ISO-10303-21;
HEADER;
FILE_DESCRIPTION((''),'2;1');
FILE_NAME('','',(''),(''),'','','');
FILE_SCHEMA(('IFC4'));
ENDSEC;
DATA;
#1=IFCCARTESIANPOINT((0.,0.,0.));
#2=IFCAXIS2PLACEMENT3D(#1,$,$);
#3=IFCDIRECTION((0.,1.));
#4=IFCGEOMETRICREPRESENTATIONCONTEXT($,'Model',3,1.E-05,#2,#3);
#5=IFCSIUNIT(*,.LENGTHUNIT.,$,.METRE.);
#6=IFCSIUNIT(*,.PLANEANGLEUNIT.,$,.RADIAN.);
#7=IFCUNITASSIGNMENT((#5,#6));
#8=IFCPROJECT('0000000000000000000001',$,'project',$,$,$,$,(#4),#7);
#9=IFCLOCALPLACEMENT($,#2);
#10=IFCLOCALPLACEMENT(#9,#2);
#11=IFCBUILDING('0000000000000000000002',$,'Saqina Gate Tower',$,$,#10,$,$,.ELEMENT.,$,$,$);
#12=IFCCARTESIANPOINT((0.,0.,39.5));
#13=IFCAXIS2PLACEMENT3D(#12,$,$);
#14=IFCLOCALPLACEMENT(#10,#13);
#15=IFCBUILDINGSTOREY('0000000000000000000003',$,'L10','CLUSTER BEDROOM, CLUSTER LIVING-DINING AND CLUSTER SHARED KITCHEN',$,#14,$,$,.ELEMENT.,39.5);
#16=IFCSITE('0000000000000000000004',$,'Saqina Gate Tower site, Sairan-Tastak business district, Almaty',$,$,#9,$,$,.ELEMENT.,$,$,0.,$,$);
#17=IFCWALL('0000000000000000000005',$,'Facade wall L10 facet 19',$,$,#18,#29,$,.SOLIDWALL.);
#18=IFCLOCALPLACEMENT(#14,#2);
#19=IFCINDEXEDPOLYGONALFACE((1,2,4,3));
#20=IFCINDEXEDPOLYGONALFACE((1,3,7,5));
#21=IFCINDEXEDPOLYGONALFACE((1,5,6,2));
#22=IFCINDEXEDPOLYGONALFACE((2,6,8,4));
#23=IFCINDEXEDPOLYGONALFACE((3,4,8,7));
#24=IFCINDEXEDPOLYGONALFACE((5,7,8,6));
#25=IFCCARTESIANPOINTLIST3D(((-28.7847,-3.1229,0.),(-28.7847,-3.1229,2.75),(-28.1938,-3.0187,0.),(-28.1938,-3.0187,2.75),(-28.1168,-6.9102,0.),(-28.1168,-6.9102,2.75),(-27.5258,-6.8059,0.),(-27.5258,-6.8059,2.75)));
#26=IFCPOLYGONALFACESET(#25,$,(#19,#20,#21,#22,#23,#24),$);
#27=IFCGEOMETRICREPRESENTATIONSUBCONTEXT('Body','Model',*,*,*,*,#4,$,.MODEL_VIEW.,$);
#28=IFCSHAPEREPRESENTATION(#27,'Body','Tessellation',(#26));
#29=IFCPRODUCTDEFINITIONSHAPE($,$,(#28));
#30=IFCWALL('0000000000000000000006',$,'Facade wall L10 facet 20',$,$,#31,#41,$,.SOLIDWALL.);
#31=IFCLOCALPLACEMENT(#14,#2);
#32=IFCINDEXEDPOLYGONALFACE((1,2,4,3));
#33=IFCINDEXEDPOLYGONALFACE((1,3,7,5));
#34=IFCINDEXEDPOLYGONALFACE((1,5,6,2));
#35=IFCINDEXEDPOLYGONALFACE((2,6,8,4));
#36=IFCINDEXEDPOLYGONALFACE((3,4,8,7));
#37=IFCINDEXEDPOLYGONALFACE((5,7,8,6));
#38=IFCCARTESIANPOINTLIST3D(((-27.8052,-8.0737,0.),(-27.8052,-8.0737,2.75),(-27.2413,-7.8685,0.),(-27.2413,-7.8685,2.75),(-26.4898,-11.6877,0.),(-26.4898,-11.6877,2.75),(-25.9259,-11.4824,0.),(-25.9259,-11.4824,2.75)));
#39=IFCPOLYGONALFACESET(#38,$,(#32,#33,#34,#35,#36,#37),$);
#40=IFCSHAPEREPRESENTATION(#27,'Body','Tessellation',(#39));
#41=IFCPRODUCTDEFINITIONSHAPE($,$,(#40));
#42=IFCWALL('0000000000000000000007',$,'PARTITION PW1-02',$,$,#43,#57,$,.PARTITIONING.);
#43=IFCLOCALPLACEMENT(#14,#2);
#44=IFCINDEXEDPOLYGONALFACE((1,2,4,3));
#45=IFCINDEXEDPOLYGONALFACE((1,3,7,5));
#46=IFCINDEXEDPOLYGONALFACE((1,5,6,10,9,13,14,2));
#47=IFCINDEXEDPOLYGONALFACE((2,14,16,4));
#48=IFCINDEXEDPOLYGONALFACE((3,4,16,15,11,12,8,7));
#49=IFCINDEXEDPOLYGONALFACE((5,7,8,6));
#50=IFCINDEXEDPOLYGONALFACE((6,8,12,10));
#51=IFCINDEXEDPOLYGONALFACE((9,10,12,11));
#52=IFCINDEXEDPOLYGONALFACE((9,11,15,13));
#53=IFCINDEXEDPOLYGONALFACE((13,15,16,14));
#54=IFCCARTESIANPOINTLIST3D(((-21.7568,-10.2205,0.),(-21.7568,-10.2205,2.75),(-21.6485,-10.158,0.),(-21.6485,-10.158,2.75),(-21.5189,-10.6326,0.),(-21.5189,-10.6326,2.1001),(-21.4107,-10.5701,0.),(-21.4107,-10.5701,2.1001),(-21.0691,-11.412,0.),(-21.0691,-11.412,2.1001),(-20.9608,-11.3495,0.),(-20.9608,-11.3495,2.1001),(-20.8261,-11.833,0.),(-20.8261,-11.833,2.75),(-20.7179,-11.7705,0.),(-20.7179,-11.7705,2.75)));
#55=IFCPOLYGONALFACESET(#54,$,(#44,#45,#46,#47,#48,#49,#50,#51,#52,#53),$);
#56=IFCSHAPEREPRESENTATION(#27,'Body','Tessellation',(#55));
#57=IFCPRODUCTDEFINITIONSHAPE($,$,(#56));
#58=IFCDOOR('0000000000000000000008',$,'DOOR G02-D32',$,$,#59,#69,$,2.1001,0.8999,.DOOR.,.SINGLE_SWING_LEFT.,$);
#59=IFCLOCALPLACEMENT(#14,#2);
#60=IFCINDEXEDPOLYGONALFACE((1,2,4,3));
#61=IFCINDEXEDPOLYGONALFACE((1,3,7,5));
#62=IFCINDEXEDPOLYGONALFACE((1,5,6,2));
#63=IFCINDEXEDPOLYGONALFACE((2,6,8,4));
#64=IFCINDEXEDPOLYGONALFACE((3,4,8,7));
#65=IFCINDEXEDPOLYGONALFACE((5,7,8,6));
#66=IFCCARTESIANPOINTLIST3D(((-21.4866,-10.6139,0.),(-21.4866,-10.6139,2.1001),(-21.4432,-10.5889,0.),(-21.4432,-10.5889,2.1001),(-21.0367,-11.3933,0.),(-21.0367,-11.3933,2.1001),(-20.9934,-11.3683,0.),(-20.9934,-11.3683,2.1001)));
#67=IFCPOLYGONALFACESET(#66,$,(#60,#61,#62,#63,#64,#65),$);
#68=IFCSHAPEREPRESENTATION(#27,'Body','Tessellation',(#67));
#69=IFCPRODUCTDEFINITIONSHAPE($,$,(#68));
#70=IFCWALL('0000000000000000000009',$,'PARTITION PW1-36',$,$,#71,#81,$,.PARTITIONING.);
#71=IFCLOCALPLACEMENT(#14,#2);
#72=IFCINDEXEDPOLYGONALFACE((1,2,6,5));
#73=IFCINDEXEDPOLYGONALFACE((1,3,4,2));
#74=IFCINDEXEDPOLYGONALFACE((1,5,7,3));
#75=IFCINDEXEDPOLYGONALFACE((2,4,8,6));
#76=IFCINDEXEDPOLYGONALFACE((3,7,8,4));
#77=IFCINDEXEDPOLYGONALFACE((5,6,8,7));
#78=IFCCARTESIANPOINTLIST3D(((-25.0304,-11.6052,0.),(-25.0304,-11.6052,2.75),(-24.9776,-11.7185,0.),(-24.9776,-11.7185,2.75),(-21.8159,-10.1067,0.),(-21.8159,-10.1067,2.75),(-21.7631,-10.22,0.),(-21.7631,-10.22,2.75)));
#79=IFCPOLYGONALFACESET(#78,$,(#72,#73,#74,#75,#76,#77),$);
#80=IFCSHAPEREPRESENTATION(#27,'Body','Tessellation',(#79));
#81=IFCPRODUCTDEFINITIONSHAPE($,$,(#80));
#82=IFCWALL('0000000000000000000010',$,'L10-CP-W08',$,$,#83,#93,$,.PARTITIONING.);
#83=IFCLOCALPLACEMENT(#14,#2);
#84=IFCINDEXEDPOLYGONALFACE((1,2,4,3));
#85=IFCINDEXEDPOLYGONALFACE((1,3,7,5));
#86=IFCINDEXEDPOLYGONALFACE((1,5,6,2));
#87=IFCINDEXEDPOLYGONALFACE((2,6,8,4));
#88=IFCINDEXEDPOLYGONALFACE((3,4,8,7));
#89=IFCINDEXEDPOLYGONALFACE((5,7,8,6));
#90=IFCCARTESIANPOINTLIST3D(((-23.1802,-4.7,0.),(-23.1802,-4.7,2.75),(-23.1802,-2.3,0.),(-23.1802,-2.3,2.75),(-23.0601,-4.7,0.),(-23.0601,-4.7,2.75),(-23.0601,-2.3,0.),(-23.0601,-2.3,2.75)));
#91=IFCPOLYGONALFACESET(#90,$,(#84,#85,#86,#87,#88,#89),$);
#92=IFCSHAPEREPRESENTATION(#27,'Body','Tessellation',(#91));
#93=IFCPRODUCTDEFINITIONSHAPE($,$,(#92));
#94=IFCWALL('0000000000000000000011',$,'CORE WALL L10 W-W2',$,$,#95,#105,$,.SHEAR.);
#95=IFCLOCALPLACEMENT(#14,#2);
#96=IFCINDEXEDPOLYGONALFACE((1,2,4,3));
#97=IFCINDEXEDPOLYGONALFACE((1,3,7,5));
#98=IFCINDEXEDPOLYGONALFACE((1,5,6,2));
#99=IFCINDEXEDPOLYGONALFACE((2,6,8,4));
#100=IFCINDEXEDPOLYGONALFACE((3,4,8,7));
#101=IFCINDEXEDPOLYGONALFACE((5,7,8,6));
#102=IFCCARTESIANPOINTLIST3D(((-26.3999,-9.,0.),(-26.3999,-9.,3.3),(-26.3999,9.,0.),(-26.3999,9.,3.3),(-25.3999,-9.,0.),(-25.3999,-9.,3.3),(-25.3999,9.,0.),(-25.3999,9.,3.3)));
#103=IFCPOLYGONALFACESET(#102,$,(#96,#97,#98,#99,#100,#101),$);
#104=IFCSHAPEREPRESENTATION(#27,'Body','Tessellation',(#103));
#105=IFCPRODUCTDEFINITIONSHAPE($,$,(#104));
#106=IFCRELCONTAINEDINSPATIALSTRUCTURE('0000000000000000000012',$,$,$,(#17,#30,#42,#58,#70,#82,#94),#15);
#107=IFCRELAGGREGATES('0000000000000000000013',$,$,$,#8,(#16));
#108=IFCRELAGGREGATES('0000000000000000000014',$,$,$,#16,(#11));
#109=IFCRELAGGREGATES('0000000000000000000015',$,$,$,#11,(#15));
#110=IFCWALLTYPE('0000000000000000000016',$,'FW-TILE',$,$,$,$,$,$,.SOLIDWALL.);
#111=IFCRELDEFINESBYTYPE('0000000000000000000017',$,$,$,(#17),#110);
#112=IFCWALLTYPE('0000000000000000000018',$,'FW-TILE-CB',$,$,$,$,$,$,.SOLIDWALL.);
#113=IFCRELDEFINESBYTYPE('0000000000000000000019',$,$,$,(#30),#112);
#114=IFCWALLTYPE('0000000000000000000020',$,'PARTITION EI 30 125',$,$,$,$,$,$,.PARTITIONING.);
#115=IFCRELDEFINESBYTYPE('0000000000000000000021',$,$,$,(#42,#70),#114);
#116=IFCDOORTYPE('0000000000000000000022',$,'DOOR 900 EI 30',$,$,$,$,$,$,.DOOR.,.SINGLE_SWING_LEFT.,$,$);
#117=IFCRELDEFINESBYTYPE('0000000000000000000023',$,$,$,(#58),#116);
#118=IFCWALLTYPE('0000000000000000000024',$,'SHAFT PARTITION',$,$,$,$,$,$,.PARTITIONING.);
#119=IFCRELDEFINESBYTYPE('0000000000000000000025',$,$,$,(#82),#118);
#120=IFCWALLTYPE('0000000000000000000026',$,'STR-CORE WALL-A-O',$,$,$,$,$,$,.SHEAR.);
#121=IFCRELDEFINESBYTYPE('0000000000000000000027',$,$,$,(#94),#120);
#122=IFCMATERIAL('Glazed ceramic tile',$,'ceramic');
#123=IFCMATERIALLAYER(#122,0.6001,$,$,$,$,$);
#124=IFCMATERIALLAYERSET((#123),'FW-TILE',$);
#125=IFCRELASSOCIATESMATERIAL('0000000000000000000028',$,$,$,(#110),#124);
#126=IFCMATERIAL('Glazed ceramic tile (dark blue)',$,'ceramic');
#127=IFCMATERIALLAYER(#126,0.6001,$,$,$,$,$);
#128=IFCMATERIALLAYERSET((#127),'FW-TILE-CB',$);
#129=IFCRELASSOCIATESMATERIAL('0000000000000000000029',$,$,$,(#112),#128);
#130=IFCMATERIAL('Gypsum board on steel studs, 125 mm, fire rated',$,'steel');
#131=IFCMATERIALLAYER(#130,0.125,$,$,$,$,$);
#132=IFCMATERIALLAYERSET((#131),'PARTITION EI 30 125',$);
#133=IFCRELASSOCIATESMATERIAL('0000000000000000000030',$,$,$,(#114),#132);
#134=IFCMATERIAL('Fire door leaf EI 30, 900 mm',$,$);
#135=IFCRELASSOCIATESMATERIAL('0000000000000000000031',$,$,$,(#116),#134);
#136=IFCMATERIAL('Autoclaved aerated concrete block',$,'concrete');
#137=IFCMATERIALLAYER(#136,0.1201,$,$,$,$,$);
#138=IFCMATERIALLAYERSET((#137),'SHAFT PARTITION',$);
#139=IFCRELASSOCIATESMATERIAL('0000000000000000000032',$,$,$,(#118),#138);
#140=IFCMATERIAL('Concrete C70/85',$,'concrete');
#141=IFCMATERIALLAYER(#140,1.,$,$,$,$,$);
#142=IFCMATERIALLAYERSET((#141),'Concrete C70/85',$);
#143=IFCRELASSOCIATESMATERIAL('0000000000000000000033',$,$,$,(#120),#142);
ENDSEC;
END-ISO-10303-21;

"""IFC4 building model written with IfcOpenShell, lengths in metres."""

from ifc_helpers import new_model, si_unit, direction, frame, frame_2d, origin, place, context, subcontext, project, spatial, rectangle, extrude, material, layer, layer_set, type_object, element, fill, save


model = new_model("IFC4")

# Units and contexts
model_context = context("Model", 3, precision=1e-05, world=origin(), true_north=direction((0.0, 1.0)))
body_context = subcontext(model_context, "Body", "Model", "MODEL_VIEW")
ifc_project = project(units=[si_unit("LENGTHUNIT", "METRE"), si_unit("PLANEANGLEUNIT", "RADIAN")], contexts=[model_context])

# Site, building, storey
site_placement = place(None, origin())
site = spatial("IfcSite", under=ifc_project, at=site_placement, Name="Saqina Gate Tower site, Sairan-Tastak business district, Almaty", CompositionType="ELEMENT", RefElevation=0.0)
building_placement = place(site_placement, origin())
building = spatial("IfcBuilding", under=site, at=building_placement, Name="Saqina Gate Tower", CompositionType="ELEMENT")
storey_placement = place(building_placement, frame((0.0, 0.0, 39.5)))
storey = spatial("IfcBuildingStorey", under=building, at=storey_placement, Name="L10", Description="CLUSTER BEDROOM, CLUSTER LIVING-DINING AND CLUSTER SHARED KITCHEN", CompositionType="ELEMENT", Elevation=39.5)

# Walls
ifc_material_1 = material(Name="Glazed ceramic tile", Category="ceramic")
ifc_layer_1 = layer(ifc_material_1, 0.6001)
ifc_layer_set_1 = layer_set([ifc_layer_1], Name="FW-TILE")
wall_type_1 = type_object("IfcWallType", Name="FW-TILE", PredefinedType="SOLIDWALL", material=ifc_layer_set_1)
wall_1_placement = place(storey_placement, frame((-28.4893, -3.0708, 0.0), z_axis=(0.0, 0.0, 1.0), x_axis=(0.173688, -0.984801, 0.0)))
element("IfcWall", 1, at=wall_1_placement, inside=storey, type_object=wall_type_1, Name="Facade wall L10 facet 19", PredefinedType="SOLIDWALL", context=body_context, shape_type="SweptSolid", body=[
    extrude(rectangle(XDim=3.8457, YDim=0.6001, at=frame_2d((1.9229, 0.0))), origin(), (0.0, 0.0, 1.0), 2.75),
])
ifc_material_2 = material(Name="Glazed ceramic tile (dark blue)", Category="ceramic")
ifc_layer_2 = layer(ifc_material_2, 0.6001)
ifc_layer_set_2 = layer_set([ifc_layer_2], Name="FW-TILE-CB")
wall_type_2 = type_object("IfcWallType", Name="FW-TILE-CB", PredefinedType="SOLIDWALL", material=ifc_layer_set_2)
wall_2_placement = place(storey_placement, frame((-27.5232, -7.9712, 0.0), z_axis=(0.0, 0.0, 1.0), x_axis=(0.342028, -0.93969, 0.0)))
element("IfcWall", 2, at=wall_2_placement, inside=storey, type_object=wall_type_2, Name="Facade wall L10 facet 20", PredefinedType="SOLIDWALL", context=body_context, shape_type="SweptSolid", body=[
    extrude(rectangle(XDim=3.8459, YDim=0.6001, at=frame_2d((1.9229, 0.0))), origin(), (0.0, 0.0, 1.0), 2.75),
])

# Wall, opening, door
ifc_material_3 = material(Name="Gypsum board on steel studs, 125 mm, fire rated", Category="steel")
ifc_layer_3 = layer(ifc_material_3, 0.125)
ifc_layer_set_3 = layer_set([ifc_layer_3], Name="PARTITION EI 30 125")
wall_type_3 = type_object("IfcWallType", Name="PARTITION EI 30 125", PredefinedType="PARTITIONING", material=ifc_layer_set_3)
wall_3_placement = place(storey_placement, frame((-21.7026, -10.1892, 0.0), z_axis=(0.0, 0.0, 1.0), x_axis=(0.499862, -0.866105, 0.0)))
wall_3 = element("IfcWall", 3, at=wall_3_placement, inside=storey, type_object=wall_type_3, Name="PARTITION PW1-02", PredefinedType="PARTITIONING", context=body_context, shape_type="SweptSolid", body=[
    extrude(rectangle(XDim=1.8618, YDim=0.125, at=frame_2d((0.9309, 0.0))), origin(), (0.0, 0.0, 1.0), 2.75),
])
opening_1_placement = place(wall_3_placement, frame((0.4758, 0.0, 0.0)))
opening_1 = element("IfcOpeningElement", 4, at=opening_1_placement, cuts=wall_3, PredefinedType="OPENING", context=body_context, shape_type="SweptSolid", body=[
    extrude(rectangle(XDim=0.8999, YDim=2.1001, at=frame_2d((0.45, 1.05))), frame((0.0, 0.0745, 0.0), z_axis=(0.0, -1.0, 0.0), x_axis=(1.0, 0.0, 0.0)), (0.0, 0.0, 1.0), 0.1489),
])
ifc_material_4 = material(Name="Fire door leaf EI 30, 900 mm")
door_type_1 = type_object("IfcDoorType", Name="DOOR 900 EI 30", OperationType="SINGLE_SWING_LEFT", PredefinedType="DOOR", material=ifc_material_4)
door_1_placement = place(opening_1_placement, origin())
door_1 = element("IfcDoor", 5, at=door_1_placement, inside=storey, type_object=door_type_1, Name="DOOR G02-D32", OperationType="SINGLE_SWING_LEFT", OverallHeight=2.1001, OverallWidth=0.8999, PredefinedType="DOOR", context=body_context, shape_type="SweptSolid", body=[
    extrude(rectangle(XDim=0.8999, YDim=2.1001, at=frame_2d((0.45, 1.05))), frame((0.0, 0.0249, 0.0), z_axis=(0.0, -1.0, 0.0), x_axis=(1.0, 0.0, 0.0)), (0.0, 0.0, 1.0), 0.05),
])
fill(opening_1, door_1)

# Walls
wall_4_placement = place(storey_placement, frame((-25.0042, -11.6619, 0.0), z_axis=(0.0, 0.0, 1.0), x_axis=(0.906357, 0.422512, 0.0)))
element("IfcWall", 6, at=wall_4_placement, inside=storey, type_object=wall_type_3, Name="PARTITION PW1-36", PredefinedType="PARTITIONING", context=body_context, shape_type="SweptSolid", body=[
    extrude(rectangle(XDim=3.5466, YDim=0.125, at=frame_2d((1.7734, 0.0))), origin(), (0.0, 0.0, 1.0), 2.75),
])
ifc_material_5 = material(Name="Autoclaved aerated concrete block", Category="concrete")
ifc_layer_4 = layer(ifc_material_5, 0.1201)
ifc_layer_set_4 = layer_set([ifc_layer_4], Name="SHAFT PARTITION")
wall_type_4 = type_object("IfcWallType", Name="SHAFT PARTITION", PredefinedType="PARTITIONING", material=ifc_layer_set_4)
wall_5_placement = place(storey_placement, frame((-23.1201, -4.7, 0.0), z_axis=(0.0, 0.0, 1.0), x_axis=(0.0, 1.0, 0.0)))
element("IfcWall", 7, at=wall_5_placement, inside=storey, type_object=wall_type_4, Name="L10-CP-W08", PredefinedType="PARTITIONING", context=body_context, shape_type="SweptSolid", body=[
    extrude(rectangle(XDim=2.3999, YDim=0.1201, at=frame_2d((1.2, 0.0))), origin(), (0.0, 0.0, 1.0), 2.75),
])
ifc_material_6 = material(Name="Concrete C70/85", Category="concrete")
ifc_layer_5 = layer(ifc_material_6, 1.0)
ifc_layer_set_5 = layer_set([ifc_layer_5], Name="Concrete C70/85")
wall_type_5 = type_object("IfcWallType", Name="STR-CORE WALL-A-O", PredefinedType="SHEAR", material=ifc_layer_set_5)
wall_6_placement = place(storey_placement, frame((-25.8999, -9.0, 0.0), z_axis=(0.0, 0.0, 1.0), x_axis=(0.0, 1.0, 0.0)))
element("IfcWall", 8, at=wall_6_placement, inside=storey, type_object=wall_type_5, Name="CORE WALL L10 W-W2", PredefinedType="SHEAR", context=body_context, shape_type="SweptSolid", body=[
    extrude(rectangle(XDim=18.0, YDim=1.0, at=frame_2d((9.0, 0.0))), origin(), (0.0, 0.0, 1.0), 3.3),
])

save(model, "model.ifc")
